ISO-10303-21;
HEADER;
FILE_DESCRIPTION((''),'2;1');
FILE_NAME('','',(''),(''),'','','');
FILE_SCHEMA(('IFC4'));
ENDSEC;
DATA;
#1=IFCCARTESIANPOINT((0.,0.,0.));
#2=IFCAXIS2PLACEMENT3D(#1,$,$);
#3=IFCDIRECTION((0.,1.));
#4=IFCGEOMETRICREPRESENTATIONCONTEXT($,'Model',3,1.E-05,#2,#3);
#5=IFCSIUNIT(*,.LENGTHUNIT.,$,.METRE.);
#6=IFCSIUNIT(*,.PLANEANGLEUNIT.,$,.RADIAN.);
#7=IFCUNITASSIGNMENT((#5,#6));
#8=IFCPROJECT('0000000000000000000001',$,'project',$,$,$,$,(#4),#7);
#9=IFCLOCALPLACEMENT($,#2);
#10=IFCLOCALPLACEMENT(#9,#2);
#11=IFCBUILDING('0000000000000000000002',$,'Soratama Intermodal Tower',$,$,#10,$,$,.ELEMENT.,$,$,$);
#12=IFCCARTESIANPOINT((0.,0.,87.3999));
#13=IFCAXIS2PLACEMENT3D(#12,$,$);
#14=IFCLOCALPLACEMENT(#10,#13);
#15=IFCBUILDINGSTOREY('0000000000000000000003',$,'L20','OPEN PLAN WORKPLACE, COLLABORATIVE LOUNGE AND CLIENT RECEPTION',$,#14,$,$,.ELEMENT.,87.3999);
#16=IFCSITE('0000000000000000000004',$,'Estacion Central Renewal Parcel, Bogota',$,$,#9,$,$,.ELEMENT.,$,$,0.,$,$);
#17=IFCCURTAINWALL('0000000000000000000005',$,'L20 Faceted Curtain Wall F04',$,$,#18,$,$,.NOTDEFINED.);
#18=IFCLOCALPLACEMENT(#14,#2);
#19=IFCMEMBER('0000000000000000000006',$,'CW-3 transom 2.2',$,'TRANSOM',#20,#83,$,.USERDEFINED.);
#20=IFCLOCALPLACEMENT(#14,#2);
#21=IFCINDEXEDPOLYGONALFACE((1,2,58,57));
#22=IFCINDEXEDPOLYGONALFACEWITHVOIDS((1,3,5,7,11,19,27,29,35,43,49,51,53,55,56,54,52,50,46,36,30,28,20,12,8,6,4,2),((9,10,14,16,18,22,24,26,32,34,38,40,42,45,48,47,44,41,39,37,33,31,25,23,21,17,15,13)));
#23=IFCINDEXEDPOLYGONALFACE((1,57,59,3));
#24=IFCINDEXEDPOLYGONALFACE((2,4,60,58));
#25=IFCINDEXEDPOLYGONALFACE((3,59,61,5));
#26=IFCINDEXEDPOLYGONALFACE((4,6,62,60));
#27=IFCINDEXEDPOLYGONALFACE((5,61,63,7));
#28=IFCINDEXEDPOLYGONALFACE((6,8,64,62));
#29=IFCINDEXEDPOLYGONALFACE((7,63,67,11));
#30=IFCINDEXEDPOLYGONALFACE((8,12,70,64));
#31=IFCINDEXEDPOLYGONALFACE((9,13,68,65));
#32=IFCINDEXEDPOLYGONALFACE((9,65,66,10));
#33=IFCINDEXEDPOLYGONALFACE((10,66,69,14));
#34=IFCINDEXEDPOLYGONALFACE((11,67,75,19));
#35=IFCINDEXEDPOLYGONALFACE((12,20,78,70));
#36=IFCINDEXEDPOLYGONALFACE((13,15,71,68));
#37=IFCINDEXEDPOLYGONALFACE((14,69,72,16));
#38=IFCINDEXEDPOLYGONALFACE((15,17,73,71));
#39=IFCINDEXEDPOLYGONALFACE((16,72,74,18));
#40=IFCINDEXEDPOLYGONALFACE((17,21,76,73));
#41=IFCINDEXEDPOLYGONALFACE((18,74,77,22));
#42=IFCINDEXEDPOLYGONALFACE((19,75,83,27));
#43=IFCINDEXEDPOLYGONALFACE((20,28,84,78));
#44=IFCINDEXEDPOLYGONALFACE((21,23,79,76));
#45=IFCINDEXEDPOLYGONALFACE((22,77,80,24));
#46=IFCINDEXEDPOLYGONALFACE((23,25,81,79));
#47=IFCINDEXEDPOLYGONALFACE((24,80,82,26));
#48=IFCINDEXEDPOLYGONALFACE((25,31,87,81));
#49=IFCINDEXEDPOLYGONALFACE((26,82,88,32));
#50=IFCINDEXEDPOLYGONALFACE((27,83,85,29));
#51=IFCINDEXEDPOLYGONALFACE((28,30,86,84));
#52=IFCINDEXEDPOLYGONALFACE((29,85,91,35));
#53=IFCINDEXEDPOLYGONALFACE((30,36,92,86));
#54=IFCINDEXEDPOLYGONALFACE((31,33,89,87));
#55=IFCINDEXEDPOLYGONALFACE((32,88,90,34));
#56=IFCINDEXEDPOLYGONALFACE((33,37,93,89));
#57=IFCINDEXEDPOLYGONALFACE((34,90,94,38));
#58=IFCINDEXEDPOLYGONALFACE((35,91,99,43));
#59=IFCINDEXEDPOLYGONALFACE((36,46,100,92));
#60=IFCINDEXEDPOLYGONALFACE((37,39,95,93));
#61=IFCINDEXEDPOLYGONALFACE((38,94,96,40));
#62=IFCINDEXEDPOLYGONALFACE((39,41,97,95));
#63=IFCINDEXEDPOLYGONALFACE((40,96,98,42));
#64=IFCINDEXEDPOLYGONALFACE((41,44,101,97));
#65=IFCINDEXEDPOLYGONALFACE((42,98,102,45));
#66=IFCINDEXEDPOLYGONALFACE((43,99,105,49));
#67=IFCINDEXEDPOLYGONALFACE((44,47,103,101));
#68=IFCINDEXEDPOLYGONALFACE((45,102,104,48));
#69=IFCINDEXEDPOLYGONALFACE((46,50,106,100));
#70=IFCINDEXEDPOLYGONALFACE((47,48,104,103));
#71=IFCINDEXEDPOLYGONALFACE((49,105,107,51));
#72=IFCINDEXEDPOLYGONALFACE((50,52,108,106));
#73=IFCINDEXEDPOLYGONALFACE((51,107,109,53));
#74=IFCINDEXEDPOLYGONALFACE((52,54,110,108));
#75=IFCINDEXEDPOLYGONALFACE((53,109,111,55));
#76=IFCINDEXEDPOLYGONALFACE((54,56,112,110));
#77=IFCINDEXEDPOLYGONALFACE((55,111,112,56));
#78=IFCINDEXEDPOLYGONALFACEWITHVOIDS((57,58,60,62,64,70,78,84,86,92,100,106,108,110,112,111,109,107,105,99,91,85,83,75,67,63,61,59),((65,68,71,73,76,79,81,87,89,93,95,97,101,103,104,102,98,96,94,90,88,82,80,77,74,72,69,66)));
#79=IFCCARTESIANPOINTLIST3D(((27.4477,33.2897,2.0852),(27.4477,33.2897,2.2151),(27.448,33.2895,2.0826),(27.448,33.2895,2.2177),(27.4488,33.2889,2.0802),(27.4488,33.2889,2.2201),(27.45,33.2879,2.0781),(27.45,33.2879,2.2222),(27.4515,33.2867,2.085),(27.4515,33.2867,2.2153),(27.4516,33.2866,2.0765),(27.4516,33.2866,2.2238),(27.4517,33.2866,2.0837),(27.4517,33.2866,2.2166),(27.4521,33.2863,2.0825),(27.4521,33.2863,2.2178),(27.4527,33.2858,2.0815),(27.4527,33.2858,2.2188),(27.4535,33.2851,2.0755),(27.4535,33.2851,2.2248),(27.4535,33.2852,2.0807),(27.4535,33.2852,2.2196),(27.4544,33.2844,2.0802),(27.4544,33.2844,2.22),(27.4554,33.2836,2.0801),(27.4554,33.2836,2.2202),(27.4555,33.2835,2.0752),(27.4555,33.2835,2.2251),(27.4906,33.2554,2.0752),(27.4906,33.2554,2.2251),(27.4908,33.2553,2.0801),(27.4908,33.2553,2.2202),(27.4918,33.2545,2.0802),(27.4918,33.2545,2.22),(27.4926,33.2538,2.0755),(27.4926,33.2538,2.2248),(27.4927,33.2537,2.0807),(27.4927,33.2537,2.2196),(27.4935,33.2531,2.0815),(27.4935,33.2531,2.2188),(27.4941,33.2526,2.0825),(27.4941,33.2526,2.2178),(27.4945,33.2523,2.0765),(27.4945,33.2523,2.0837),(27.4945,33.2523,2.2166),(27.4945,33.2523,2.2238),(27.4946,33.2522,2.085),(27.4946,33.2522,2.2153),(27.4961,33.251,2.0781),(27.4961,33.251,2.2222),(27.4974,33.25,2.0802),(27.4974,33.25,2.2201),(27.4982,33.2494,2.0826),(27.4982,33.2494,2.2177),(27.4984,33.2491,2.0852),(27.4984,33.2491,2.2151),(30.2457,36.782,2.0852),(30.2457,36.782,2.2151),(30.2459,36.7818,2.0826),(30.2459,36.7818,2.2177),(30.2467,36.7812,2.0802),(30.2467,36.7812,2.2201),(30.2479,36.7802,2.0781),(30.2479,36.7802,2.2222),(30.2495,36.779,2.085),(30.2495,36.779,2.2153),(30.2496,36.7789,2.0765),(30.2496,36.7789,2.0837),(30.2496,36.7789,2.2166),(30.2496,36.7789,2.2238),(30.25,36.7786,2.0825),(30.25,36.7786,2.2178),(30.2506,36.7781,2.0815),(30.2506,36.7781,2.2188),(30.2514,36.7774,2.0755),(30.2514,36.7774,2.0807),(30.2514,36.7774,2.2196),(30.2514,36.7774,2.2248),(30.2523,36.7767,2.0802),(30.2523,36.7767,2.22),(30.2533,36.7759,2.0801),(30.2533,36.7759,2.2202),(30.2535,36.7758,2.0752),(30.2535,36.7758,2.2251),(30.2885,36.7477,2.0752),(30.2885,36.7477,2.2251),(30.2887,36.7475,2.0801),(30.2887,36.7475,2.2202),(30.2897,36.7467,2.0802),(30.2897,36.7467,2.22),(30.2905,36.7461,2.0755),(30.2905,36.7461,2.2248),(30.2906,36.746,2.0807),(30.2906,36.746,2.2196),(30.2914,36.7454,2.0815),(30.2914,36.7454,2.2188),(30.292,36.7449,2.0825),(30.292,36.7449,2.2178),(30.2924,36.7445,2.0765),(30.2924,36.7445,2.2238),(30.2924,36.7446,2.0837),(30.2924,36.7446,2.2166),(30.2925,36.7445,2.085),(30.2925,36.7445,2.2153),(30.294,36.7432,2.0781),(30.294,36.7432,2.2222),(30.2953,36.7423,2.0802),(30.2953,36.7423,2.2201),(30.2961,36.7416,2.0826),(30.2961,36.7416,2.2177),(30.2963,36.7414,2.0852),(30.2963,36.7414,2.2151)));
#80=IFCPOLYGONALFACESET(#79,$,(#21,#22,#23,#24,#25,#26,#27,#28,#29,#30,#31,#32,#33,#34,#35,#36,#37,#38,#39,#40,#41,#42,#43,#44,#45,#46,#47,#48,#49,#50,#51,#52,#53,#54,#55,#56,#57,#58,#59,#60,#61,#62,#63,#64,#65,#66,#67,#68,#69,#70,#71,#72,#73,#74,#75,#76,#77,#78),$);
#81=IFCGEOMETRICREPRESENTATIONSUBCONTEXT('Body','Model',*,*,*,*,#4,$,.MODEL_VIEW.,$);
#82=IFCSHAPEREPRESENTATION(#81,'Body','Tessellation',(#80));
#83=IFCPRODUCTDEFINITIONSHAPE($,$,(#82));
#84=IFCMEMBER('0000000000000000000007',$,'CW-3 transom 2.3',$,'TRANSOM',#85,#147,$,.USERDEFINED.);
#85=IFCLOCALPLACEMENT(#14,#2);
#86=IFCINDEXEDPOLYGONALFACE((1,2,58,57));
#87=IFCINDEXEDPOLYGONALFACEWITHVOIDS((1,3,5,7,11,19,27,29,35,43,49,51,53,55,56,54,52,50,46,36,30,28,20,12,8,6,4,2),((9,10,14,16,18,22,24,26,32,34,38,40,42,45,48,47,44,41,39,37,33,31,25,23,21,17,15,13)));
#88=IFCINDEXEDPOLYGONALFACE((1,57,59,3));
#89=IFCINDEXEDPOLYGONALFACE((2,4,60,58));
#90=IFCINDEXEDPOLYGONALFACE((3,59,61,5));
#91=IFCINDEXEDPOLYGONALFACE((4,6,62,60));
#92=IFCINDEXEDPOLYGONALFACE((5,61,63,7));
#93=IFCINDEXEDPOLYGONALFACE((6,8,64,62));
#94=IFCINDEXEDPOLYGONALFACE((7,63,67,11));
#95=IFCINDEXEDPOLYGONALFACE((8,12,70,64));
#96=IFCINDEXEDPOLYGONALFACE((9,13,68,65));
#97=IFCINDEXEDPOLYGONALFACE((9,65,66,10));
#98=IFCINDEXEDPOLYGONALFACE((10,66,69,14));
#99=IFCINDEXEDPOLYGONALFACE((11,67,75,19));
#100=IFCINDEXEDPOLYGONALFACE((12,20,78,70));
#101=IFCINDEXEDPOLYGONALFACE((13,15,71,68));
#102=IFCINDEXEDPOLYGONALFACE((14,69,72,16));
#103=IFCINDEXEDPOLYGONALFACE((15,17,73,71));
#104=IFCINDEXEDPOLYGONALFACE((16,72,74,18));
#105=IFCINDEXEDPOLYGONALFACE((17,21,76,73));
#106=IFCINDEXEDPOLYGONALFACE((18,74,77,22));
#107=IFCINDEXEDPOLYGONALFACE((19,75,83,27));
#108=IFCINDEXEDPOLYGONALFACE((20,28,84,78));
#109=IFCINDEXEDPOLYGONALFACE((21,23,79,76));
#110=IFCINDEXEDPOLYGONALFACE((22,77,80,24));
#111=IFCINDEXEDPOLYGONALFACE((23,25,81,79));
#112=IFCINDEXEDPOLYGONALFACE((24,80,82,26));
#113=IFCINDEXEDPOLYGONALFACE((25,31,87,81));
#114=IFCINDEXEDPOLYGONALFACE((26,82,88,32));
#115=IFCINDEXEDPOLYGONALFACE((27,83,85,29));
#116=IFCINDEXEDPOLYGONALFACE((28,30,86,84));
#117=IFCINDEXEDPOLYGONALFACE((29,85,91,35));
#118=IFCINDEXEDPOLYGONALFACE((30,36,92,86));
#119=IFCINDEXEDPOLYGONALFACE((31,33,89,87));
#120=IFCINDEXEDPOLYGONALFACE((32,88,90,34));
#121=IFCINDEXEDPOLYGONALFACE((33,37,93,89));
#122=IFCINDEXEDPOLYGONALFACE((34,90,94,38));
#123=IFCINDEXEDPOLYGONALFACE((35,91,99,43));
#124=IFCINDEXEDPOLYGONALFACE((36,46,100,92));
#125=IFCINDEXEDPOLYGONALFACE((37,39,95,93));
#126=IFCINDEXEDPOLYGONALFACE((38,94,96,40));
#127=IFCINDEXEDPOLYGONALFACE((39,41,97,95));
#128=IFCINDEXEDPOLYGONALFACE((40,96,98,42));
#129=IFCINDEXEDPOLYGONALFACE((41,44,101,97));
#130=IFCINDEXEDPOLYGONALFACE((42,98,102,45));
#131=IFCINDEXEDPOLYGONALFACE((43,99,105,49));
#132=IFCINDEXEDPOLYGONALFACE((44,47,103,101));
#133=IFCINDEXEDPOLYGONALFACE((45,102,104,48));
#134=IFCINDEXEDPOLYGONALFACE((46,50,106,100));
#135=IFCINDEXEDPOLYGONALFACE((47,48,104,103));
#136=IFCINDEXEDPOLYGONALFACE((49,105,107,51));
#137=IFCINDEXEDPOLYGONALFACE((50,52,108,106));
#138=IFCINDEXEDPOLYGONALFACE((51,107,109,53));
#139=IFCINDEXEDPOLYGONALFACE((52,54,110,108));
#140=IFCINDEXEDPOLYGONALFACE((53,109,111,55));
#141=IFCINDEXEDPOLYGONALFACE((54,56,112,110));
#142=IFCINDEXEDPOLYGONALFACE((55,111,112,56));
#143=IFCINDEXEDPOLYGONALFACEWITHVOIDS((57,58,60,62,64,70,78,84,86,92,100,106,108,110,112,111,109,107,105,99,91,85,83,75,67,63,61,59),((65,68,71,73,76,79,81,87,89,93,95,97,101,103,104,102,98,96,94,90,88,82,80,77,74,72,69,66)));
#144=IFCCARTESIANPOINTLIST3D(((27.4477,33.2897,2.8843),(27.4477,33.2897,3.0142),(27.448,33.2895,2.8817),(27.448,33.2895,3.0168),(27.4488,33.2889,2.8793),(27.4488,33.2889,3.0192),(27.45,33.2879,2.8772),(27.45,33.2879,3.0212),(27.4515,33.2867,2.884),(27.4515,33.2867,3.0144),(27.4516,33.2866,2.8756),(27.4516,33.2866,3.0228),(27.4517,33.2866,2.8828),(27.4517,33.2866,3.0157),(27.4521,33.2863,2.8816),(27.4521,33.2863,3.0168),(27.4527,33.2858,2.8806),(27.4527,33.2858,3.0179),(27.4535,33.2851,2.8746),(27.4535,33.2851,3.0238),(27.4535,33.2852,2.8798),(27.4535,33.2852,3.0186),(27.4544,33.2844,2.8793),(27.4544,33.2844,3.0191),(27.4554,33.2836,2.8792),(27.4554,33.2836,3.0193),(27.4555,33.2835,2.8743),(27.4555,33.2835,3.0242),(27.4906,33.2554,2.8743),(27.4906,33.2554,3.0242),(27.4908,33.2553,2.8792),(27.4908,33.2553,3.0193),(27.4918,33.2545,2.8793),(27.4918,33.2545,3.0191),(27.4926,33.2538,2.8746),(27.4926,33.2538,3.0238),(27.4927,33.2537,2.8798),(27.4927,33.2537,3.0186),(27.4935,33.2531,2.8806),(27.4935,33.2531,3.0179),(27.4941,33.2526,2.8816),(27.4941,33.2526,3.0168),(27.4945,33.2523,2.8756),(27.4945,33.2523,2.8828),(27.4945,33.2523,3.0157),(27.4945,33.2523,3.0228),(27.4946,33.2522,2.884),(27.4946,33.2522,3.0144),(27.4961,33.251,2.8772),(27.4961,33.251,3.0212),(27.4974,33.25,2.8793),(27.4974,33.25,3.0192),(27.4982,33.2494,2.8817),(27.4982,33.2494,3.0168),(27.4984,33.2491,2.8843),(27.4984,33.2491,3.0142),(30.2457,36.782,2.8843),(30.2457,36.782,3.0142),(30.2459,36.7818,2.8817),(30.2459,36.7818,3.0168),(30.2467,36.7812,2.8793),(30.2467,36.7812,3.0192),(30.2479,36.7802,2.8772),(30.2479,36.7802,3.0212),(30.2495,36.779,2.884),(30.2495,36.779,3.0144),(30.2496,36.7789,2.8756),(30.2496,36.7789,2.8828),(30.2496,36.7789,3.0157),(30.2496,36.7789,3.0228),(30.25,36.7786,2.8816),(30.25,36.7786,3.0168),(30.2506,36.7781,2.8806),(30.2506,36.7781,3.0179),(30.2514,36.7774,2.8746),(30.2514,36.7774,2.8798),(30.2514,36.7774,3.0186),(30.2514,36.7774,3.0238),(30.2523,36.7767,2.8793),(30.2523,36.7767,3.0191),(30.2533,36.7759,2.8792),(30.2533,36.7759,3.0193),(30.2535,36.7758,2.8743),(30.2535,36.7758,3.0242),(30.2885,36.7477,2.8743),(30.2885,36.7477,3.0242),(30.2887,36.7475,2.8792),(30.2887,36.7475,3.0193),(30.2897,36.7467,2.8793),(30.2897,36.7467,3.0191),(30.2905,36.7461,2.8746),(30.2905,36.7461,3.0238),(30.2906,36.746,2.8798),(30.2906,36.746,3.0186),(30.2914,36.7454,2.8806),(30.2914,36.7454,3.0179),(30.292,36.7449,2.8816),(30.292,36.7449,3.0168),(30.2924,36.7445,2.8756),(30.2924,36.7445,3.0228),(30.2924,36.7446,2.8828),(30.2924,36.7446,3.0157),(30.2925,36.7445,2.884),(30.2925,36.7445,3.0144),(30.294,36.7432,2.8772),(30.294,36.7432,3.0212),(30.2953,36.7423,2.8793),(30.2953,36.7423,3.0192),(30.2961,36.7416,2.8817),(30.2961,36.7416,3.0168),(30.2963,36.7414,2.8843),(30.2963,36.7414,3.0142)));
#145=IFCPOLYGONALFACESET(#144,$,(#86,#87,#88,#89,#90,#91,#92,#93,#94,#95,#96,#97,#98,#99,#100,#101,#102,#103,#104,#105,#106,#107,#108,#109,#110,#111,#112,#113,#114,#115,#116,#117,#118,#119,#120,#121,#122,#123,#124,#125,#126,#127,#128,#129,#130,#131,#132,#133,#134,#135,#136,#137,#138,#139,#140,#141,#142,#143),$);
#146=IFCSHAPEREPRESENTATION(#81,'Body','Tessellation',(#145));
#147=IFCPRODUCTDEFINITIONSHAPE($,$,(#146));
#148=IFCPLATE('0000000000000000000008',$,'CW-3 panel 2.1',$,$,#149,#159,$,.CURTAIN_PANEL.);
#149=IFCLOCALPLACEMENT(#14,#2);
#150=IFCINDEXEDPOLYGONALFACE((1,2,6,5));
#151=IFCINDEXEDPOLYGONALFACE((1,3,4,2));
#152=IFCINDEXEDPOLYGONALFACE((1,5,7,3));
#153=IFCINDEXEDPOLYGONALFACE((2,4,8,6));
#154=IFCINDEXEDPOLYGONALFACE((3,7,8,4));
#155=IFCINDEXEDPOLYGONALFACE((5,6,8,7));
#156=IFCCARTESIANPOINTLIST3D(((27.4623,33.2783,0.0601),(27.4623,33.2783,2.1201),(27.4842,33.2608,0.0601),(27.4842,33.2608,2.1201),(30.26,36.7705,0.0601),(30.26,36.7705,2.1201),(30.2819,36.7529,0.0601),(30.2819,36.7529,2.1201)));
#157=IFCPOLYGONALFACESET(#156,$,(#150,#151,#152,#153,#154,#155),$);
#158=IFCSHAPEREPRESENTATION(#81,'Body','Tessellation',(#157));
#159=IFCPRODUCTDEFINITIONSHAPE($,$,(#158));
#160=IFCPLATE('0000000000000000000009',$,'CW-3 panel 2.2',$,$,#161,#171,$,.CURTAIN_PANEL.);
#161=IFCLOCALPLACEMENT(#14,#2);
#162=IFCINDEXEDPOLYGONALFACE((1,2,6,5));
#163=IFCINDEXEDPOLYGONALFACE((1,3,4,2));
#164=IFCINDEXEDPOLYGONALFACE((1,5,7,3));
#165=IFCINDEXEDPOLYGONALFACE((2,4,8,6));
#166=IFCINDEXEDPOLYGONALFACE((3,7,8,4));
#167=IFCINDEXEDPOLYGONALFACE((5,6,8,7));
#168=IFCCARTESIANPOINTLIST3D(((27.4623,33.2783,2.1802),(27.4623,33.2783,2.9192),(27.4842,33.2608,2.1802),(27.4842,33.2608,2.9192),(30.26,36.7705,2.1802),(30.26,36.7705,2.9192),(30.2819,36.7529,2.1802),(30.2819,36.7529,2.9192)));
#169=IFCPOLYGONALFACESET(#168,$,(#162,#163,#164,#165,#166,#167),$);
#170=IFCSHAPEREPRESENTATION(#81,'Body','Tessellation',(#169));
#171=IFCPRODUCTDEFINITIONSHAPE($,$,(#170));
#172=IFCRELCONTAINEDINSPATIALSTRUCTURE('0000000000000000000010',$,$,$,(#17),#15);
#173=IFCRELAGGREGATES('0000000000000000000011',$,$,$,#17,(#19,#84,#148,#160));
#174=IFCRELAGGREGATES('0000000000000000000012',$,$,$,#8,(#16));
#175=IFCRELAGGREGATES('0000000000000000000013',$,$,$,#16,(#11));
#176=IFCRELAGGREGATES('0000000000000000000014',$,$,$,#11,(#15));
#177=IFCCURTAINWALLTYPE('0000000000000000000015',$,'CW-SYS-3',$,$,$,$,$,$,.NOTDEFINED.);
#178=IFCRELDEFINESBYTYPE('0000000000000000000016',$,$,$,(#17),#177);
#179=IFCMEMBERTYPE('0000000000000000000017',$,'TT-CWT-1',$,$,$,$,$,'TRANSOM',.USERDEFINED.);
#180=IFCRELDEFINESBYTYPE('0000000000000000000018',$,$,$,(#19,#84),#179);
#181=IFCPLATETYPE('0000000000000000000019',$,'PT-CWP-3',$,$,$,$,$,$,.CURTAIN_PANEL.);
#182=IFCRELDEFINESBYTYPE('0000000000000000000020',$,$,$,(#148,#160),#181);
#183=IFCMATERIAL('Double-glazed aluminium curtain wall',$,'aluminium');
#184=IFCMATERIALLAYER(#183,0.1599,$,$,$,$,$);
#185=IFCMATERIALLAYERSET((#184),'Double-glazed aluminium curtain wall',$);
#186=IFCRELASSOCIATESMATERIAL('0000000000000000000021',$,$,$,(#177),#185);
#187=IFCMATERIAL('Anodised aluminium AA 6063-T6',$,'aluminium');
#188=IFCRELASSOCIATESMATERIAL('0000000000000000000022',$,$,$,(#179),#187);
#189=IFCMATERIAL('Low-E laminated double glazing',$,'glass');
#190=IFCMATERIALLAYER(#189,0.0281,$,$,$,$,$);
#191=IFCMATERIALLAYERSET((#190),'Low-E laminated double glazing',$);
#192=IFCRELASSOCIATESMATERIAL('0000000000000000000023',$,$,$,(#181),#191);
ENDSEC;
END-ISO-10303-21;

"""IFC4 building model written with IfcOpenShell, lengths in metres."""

from ifc_helpers import new_model, si_unit, direction, frame, origin, origin_2d, place, context, subcontext, project, spatial, rectangle, hollow_rectangle, extrude, material, layer, layer_set, material_profile, profile_set, type_object, element, aggregate, save


model = new_model("IFC4")

# Units and contexts
model_context = context("Model", 3, precision=1e-05, world=origin(), true_north=direction((0.0, 1.0)))
body_context = subcontext(model_context, "Body", "Model", "MODEL_VIEW")
ifc_project = project(units=[si_unit("LENGTHUNIT", "METRE"), si_unit("PLANEANGLEUNIT", "RADIAN")], contexts=[model_context])

# Site, building, storey
site_placement = place(None, origin())
site = spatial("IfcSite", under=ifc_project, at=site_placement, Name="Estacion Central Renewal Parcel, Bogota", CompositionType="ELEMENT", RefElevation=0.0)
building_placement = place(site_placement, origin())
building = spatial("IfcBuilding", under=site, at=building_placement, Name="Soratama Intermodal Tower", CompositionType="ELEMENT")
storey_placement = place(building_placement, frame((0.0, 0.0, 87.3999)))
storey = spatial("IfcBuildingStorey", under=building, at=storey_placement, Name="L20", Description="OPEN PLAN WORKPLACE, COLLABORATIVE LOUNGE AND CLIENT RECEPTION", CompositionType="ELEMENT", Elevation=87.3999)

# Curtain wall, members, plates
ifc_material_1 = material(Name="Double-glazed aluminium curtain wall", Category="aluminium")
ifc_layer_1 = layer(ifc_material_1, 0.1599)
ifc_layer_set_1 = layer_set([ifc_layer_1], Name="Double-glazed aluminium curtain wall")
curtain_wall_type = type_object("IfcCurtainWallType", Name="CW-SYS-3", PredefinedType="NOTDEFINED", material=ifc_layer_set_1)
curtain_wall_placement = place(storey_placement, origin())
curtain_wall = element("IfcCurtainWall", 1, at=curtain_wall_placement, inside=storey, type_object=curtain_wall_type, Name="L20 Faceted Curtain Wall F04", PredefinedType="NOTDEFINED")
ifc_material_2 = material(Name="Anodised aluminium AA 6063-T6", Category="aluminium")
ifc_material_profile_1 = material_profile(ifc_material_2, hollow_rectangle(XDim=0.0649, YDim=0.1499, WallThickness=0.0049, InnerFilletRadius=0.0049, OuterFilletRadius=0.01, at=origin_2d()), Name="CWT150X65X5")
ifc_profile_set_1 = profile_set([ifc_material_profile_1], Name="Anodised aluminium AA 6063-T6")
member_type_1 = type_object("IfcMemberType", Name="TT-CWT-1", ElementType="TRANSOM", PredefinedType="USERDEFINED", material=ifc_profile_set_1)
member_1_placement = place(storey_placement, frame((30.271, 36.7617, 2.1501), z_axis=(-0.625254, -0.780421, 0.0), x_axis=(0.780421, -0.625254, 0.0)))
member_1 = element("IfcMember", 2, at=member_1_placement, type_object=member_type_1, Name="CW-3 transom 2.2", ObjectType="TRANSOM", PredefinedType="USERDEFINED", context=body_context, shape_type="SweptSolid", body=[
    extrude(hollow_rectangle(XDim=0.0649, YDim=0.1499, WallThickness=0.0049, InnerFilletRadius=0.0049, OuterFilletRadius=0.01, at=origin_2d()), origin(), (0.0, 0.0, 1.0), 4.4749),
])
member_2_placement = place(storey_placement, frame((30.271, 36.7617, 2.9492), z_axis=(-0.625254, -0.780421, 0.0), x_axis=(0.780421, -0.625254, 0.0)))
member_2 = element("IfcMember", 3, at=member_2_placement, type_object=member_type_1, Name="CW-3 transom 2.3", ObjectType="TRANSOM", PredefinedType="USERDEFINED", context=body_context, shape_type="SweptSolid", body=[
    extrude(hollow_rectangle(XDim=0.0649, YDim=0.1499, WallThickness=0.0049, InnerFilletRadius=0.0049, OuterFilletRadius=0.01, at=origin_2d()), origin(), (0.0, 0.0, 1.0), 4.4749),
])
ifc_material_3 = material(Name="Low-E laminated double glazing", Category="glass")
ifc_layer_2 = layer(ifc_material_3, 0.0281)
ifc_layer_set_2 = layer_set([ifc_layer_2], Name="Low-E laminated double glazing")
plate_type = type_object("IfcPlateType", Name="PT-CWP-3", PredefinedType="CURTAIN_PANEL", material=ifc_layer_set_2)
plate_1_placement = place(storey_placement, frame((28.8721, 35.0156, 0.0601), z_axis=(0.0, 0.0, 1.0), x_axis=(-0.625241, -0.780432, 0.0)))
plate_1 = element("IfcPlate", 4, at=plate_1_placement, type_object=plate_type, Name="CW-3 panel 2.1", PredefinedType="CURTAIN_PANEL", context=body_context, shape_type="SweptSolid", body=[
    extrude(rectangle(XDim=4.4746, YDim=0.0281, at=origin_2d()), origin(), (0.0, 0.0, 1.0), 2.0601),
])
plate_2_placement = place(storey_placement, frame((28.8721, 35.0156, 2.1802), z_axis=(0.0, 0.0, 1.0), x_axis=(-0.625241, -0.780432, 0.0)))
plate_2 = element("IfcPlate", 5, at=plate_2_placement, type_object=plate_type, Name="CW-3 panel 2.2", PredefinedType="CURTAIN_PANEL", context=body_context, shape_type="SweptSolid", body=[
    extrude(rectangle(XDim=4.4746, YDim=0.0281, at=origin_2d()), origin(), (0.0, 0.0, 1.0), 0.739),
])
aggregate(curtain_wall, [member_1, member_2, plate_1, plate_2])

save(model, "model.ifc")
